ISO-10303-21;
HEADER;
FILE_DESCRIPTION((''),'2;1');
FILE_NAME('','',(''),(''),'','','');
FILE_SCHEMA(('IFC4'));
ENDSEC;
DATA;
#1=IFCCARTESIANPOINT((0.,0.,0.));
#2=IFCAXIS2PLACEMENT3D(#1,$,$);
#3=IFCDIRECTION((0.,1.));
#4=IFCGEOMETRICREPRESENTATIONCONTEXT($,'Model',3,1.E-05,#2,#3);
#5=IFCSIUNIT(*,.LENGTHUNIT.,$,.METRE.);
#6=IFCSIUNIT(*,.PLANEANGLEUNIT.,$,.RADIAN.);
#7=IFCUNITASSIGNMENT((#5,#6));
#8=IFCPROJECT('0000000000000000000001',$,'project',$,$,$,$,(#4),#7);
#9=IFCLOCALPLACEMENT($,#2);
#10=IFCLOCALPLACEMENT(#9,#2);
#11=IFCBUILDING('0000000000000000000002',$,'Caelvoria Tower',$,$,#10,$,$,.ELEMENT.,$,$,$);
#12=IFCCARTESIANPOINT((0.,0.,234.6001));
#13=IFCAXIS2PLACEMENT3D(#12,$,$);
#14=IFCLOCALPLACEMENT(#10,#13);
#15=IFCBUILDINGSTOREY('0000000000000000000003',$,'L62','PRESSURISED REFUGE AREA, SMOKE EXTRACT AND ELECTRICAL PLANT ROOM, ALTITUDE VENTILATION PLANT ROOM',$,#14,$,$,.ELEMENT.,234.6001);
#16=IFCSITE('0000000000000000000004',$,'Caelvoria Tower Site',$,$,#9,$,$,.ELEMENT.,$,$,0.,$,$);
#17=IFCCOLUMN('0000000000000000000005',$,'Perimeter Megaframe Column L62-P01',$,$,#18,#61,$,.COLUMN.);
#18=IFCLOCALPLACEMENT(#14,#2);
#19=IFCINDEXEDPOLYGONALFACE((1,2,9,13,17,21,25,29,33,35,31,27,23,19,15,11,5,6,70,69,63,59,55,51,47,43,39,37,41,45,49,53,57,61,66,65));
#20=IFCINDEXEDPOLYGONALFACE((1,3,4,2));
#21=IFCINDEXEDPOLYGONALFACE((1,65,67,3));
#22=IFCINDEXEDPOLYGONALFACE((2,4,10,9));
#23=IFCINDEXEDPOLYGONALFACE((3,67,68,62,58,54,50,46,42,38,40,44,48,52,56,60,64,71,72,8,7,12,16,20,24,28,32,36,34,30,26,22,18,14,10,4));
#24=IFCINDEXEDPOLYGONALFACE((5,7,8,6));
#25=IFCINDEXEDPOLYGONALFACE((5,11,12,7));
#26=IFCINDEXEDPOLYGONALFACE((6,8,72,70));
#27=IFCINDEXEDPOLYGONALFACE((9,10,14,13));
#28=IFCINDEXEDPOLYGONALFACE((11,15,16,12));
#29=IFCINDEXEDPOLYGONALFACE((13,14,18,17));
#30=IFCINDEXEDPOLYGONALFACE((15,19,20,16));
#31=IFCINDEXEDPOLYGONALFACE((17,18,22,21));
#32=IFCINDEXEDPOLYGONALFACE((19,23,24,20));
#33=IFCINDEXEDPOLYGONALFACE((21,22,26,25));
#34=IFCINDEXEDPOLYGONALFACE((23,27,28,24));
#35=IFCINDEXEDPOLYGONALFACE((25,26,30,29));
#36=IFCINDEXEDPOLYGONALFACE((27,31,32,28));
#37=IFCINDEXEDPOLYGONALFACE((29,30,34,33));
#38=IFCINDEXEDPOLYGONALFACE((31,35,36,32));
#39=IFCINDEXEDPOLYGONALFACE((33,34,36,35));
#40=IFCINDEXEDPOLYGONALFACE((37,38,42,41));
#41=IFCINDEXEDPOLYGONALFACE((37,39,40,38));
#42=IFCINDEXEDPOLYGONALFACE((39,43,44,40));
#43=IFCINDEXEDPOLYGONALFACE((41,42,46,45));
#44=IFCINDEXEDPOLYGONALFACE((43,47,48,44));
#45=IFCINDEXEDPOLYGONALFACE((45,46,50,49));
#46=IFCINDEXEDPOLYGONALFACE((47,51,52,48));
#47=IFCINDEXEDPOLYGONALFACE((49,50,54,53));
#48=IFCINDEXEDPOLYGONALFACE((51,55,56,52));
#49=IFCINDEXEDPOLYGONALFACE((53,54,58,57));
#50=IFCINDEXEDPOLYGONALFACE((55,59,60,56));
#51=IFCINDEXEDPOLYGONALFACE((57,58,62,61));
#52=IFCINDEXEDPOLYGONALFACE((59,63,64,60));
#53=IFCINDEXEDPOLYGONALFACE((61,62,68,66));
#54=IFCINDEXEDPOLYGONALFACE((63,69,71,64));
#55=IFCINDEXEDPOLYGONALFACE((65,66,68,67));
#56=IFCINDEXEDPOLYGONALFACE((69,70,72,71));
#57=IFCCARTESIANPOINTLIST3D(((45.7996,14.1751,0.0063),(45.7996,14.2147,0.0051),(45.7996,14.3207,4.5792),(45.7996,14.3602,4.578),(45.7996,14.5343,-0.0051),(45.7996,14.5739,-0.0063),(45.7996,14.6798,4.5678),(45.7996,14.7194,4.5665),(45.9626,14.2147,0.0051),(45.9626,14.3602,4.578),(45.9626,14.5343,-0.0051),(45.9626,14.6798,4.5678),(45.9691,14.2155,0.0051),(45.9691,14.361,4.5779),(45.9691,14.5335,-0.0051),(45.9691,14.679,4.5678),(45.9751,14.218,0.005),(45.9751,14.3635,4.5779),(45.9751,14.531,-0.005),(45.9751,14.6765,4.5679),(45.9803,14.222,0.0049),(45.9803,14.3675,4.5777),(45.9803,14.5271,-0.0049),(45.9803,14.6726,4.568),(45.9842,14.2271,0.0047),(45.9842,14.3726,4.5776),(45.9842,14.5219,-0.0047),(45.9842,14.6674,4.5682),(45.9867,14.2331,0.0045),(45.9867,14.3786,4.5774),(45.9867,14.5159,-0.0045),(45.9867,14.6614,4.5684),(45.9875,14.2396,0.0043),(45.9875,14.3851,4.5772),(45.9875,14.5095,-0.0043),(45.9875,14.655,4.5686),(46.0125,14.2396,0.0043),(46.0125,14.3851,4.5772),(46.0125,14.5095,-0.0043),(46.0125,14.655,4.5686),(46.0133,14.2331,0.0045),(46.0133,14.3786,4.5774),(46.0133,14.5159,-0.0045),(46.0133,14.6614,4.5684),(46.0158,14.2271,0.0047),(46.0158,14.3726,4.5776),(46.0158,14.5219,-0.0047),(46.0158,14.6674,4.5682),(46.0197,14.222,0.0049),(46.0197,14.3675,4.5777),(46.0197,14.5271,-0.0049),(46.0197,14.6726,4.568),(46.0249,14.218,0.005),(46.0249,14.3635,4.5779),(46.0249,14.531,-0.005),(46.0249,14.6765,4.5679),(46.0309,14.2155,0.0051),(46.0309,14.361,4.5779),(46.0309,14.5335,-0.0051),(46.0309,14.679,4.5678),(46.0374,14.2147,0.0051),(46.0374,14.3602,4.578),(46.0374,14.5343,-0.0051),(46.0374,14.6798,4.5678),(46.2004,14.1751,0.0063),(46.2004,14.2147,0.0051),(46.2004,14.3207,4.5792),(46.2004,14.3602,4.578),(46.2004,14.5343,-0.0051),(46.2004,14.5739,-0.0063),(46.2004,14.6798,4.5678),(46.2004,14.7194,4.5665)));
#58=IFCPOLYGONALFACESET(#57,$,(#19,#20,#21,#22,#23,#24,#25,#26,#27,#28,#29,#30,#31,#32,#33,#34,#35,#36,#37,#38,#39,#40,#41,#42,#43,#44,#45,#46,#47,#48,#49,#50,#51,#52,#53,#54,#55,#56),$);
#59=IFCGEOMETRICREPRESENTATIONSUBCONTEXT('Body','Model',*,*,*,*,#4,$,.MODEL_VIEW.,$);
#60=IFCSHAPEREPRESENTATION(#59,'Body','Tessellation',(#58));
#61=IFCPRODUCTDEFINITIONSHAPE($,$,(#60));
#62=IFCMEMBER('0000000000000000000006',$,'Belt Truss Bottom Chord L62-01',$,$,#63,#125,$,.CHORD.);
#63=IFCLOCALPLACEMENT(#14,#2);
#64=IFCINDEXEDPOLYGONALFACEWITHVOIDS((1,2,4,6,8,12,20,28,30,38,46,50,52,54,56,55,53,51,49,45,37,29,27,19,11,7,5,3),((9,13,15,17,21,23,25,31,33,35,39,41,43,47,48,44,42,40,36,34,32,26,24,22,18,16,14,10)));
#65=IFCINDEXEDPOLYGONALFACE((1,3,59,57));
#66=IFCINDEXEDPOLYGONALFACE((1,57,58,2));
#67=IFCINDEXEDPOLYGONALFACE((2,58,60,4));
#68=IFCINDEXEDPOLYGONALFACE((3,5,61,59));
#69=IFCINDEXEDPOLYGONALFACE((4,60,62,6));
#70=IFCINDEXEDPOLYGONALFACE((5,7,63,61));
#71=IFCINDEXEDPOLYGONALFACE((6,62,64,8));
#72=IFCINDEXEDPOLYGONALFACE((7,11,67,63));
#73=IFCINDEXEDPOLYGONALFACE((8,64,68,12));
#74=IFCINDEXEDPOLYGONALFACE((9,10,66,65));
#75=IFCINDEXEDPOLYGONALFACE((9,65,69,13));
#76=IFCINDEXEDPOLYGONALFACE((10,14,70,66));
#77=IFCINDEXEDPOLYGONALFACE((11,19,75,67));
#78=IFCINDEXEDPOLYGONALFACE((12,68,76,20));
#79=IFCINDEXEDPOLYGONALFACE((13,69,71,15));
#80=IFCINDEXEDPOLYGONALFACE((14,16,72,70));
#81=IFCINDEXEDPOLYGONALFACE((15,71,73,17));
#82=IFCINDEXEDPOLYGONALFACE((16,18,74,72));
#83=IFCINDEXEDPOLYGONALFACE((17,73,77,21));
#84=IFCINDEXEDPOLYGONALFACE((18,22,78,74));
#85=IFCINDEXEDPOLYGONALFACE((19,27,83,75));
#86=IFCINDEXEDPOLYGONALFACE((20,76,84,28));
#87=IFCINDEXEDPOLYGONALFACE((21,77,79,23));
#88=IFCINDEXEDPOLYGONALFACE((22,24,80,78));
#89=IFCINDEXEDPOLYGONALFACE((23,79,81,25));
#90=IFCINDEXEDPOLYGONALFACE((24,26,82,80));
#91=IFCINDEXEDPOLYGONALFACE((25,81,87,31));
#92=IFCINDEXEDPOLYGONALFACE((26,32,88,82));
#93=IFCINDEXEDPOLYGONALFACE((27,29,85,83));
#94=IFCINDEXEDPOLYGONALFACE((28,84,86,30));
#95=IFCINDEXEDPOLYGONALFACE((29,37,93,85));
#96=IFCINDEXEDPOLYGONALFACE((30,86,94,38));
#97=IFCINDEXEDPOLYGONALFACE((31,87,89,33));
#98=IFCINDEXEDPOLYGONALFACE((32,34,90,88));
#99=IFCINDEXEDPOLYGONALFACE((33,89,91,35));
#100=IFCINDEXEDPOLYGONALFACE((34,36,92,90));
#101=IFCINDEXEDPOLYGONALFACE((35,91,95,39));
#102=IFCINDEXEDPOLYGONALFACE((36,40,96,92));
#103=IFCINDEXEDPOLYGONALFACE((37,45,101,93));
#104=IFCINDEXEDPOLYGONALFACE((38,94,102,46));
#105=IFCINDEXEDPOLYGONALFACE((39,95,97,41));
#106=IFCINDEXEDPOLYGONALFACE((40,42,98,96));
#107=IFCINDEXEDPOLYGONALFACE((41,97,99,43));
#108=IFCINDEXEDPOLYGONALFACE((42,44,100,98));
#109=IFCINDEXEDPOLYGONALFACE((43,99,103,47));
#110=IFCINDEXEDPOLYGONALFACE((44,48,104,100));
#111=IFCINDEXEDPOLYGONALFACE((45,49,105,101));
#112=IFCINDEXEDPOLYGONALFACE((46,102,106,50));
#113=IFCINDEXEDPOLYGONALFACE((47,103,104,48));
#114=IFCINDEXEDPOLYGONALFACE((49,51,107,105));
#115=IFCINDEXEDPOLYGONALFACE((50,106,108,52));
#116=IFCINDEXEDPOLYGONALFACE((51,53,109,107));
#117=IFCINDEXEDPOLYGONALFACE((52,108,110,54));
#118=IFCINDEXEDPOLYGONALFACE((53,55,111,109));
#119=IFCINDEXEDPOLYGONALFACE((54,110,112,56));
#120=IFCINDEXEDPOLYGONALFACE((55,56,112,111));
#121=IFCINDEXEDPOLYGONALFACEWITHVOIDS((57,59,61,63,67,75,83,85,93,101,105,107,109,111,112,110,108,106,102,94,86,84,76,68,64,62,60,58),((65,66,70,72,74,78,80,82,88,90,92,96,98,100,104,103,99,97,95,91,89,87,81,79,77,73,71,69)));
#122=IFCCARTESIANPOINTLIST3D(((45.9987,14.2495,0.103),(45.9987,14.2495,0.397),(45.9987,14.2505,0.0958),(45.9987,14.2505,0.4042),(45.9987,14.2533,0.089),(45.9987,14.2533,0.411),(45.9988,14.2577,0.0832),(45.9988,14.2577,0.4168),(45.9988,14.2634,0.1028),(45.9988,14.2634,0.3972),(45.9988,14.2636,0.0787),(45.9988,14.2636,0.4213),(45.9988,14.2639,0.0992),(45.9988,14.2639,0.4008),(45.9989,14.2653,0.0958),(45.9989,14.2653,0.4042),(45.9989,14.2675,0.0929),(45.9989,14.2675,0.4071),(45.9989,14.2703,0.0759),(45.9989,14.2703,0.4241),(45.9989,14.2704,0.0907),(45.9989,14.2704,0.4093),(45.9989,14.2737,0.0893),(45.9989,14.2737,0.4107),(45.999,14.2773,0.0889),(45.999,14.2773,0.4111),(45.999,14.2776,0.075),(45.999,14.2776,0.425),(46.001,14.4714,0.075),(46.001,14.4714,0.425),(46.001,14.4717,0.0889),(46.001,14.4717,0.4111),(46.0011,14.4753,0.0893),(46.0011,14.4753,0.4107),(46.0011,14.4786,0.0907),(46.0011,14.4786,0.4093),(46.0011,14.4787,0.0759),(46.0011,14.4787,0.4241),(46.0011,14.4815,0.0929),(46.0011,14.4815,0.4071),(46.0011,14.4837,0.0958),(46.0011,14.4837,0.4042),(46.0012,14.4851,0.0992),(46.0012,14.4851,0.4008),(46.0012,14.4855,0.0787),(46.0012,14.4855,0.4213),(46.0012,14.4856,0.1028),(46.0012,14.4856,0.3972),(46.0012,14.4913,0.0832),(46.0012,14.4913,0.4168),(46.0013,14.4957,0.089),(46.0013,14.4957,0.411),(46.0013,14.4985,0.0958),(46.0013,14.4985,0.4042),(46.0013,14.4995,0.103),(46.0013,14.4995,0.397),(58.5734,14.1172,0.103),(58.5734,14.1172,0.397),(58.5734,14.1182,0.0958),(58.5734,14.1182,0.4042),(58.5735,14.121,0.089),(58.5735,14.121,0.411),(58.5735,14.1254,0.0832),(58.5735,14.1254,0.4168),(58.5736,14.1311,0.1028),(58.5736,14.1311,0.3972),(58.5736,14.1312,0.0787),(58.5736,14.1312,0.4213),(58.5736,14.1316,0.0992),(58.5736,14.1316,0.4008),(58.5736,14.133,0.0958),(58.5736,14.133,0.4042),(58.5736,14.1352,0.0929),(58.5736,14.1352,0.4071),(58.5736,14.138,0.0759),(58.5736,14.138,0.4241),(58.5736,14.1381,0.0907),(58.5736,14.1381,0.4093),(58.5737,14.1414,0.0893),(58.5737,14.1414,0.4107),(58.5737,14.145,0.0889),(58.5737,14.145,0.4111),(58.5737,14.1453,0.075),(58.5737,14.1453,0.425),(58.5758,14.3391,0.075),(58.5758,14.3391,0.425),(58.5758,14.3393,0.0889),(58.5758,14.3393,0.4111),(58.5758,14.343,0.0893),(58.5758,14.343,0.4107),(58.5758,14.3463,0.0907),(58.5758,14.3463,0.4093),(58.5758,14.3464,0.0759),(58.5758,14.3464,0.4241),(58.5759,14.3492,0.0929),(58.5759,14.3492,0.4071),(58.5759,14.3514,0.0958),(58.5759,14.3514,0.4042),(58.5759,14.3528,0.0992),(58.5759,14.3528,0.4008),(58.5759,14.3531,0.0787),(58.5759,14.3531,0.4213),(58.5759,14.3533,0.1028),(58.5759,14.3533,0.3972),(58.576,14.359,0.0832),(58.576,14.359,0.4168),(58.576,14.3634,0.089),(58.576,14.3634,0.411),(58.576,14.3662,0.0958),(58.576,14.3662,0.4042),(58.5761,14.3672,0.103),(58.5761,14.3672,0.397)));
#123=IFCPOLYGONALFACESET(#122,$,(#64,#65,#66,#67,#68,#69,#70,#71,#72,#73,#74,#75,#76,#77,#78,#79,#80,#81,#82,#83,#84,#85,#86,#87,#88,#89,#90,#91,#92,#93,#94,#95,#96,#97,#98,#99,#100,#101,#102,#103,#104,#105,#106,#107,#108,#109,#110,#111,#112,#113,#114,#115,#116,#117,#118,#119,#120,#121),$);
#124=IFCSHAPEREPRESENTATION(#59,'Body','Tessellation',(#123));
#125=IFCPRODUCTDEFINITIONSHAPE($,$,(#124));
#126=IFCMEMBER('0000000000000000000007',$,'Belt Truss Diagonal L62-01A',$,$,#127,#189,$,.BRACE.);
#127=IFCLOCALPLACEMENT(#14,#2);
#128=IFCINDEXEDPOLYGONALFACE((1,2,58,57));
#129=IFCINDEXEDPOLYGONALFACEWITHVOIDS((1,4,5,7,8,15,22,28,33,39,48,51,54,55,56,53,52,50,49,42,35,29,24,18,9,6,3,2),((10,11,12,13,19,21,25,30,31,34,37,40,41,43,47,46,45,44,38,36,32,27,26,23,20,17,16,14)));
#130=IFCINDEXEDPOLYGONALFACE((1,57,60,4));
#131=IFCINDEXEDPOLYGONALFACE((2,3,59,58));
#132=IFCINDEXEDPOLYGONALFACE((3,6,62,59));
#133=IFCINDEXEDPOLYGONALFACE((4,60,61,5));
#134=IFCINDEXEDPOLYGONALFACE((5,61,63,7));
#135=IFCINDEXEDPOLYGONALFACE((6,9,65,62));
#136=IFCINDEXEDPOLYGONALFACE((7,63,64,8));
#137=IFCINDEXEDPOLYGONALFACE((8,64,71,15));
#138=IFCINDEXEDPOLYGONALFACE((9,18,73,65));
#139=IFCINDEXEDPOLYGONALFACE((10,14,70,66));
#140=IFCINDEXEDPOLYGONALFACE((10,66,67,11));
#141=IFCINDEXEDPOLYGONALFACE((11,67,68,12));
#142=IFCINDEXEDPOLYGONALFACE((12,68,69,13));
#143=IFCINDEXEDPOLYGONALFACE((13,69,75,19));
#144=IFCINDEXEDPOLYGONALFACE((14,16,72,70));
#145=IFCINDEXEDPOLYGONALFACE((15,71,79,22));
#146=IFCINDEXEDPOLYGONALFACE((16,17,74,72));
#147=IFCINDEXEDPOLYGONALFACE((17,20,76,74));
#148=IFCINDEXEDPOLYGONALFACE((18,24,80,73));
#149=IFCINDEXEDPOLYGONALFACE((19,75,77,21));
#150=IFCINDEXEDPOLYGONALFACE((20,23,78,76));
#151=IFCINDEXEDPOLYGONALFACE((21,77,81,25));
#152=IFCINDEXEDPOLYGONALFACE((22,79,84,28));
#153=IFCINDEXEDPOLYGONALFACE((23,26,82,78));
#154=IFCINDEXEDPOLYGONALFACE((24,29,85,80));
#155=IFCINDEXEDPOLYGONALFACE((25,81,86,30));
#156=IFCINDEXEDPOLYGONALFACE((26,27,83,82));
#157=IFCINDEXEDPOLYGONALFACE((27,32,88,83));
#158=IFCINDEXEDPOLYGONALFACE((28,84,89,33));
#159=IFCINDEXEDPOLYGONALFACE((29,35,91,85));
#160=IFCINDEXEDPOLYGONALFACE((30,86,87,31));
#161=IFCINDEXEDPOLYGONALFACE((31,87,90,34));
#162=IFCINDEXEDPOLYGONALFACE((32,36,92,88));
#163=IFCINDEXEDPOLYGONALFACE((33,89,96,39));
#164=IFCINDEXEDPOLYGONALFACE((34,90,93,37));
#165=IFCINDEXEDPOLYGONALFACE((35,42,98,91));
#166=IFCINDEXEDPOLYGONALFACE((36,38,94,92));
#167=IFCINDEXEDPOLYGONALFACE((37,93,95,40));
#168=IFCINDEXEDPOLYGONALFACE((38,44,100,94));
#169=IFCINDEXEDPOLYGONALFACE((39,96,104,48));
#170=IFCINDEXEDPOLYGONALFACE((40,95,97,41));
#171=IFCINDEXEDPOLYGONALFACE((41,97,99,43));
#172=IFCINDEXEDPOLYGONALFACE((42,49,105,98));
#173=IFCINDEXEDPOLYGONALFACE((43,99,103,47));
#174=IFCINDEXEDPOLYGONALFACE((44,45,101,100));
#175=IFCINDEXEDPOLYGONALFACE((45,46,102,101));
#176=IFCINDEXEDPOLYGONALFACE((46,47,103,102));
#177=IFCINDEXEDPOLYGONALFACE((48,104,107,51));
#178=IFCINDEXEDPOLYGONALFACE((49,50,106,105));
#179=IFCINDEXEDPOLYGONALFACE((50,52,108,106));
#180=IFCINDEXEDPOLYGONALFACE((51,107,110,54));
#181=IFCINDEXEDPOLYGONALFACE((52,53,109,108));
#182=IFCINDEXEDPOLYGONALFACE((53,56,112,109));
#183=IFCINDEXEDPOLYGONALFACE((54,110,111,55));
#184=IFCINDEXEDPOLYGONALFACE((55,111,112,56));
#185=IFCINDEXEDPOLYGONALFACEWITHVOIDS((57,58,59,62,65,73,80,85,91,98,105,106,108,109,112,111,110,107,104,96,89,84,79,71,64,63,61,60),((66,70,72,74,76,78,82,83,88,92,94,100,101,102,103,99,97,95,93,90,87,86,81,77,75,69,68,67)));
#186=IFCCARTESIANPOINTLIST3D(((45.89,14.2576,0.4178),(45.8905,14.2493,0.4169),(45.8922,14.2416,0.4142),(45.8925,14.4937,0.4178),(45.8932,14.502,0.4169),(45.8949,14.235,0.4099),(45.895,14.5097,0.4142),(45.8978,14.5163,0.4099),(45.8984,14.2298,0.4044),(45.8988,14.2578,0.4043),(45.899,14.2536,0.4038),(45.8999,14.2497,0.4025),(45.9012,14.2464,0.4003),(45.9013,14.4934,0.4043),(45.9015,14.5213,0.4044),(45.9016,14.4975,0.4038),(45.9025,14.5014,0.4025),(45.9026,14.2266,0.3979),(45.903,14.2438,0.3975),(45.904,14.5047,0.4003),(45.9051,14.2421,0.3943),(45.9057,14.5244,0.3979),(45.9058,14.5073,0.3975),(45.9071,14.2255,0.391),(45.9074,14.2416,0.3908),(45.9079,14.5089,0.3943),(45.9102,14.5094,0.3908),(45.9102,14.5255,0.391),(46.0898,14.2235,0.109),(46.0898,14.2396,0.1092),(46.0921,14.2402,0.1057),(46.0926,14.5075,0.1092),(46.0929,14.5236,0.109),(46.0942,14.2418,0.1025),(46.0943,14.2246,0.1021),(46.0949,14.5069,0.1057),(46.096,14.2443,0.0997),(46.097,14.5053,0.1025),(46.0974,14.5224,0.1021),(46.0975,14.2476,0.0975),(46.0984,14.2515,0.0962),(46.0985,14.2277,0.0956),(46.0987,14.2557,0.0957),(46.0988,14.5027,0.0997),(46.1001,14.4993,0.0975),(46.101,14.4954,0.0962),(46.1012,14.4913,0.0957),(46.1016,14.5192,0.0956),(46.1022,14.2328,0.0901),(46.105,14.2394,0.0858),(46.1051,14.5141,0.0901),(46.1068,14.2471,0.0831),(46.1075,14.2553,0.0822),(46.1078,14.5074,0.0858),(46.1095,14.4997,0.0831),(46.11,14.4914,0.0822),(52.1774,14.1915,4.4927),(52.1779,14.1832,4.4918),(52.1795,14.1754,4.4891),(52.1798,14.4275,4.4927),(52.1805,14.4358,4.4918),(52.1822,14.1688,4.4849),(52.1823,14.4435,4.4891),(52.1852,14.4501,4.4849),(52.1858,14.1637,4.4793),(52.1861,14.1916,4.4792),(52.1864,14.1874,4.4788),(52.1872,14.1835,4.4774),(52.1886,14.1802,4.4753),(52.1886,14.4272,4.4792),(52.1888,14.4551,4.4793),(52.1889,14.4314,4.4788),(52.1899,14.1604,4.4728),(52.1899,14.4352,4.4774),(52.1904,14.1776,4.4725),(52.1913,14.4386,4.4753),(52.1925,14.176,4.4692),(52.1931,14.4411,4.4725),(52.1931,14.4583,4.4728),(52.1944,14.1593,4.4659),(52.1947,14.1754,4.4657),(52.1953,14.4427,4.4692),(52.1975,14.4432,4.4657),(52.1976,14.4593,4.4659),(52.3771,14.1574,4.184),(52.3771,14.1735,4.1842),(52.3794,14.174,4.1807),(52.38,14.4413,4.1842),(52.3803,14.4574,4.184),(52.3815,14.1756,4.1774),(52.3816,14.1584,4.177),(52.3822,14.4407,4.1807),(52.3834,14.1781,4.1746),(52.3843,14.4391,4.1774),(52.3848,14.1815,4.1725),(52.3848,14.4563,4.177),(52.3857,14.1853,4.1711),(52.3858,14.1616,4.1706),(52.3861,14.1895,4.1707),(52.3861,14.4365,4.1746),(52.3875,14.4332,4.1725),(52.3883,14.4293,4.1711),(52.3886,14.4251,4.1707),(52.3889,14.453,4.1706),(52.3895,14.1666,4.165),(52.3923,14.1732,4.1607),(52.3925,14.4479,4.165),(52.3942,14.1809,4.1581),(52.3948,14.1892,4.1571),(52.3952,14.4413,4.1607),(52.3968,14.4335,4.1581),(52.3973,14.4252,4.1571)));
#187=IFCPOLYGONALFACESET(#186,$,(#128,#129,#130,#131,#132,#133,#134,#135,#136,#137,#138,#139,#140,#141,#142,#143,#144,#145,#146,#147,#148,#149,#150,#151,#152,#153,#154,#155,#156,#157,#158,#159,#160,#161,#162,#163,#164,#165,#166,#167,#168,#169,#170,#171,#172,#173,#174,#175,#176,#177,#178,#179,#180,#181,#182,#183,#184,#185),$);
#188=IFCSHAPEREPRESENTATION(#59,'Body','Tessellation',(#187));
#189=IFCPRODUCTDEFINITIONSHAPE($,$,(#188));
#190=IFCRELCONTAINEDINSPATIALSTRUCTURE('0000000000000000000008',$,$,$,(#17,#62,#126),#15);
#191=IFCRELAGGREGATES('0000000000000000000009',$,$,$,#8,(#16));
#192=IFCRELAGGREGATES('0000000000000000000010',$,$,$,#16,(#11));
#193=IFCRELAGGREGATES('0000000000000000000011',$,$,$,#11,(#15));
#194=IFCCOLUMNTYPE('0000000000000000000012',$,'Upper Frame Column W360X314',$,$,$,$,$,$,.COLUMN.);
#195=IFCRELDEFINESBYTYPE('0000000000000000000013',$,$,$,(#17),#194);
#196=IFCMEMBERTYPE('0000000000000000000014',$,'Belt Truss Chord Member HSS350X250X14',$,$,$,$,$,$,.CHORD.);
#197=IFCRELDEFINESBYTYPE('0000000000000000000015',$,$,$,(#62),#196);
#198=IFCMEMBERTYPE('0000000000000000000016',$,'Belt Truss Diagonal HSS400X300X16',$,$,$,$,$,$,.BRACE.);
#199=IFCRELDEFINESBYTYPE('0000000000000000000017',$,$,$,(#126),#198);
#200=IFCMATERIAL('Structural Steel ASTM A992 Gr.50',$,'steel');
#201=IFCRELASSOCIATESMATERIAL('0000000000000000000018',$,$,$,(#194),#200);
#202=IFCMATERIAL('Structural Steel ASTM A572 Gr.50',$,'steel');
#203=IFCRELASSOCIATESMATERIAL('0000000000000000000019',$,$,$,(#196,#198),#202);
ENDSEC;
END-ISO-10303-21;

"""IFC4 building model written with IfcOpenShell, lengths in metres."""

from ifc_helpers import new_model, si_unit, direction, frame, origin, origin_2d, place, context, subcontext, project, spatial, hollow_rectangle, i_section, extrude, material, material_profile, profile_set, type_object, element, save


model = new_model("IFC4")

# Units and contexts
model_context = context("Model", 3, precision=1e-05, world=origin(), true_north=direction((0.0, 1.0)))
body_context = subcontext(model_context, "Body", "Model", "MODEL_VIEW")
ifc_project = project(units=[si_unit("LENGTHUNIT", "METRE"), si_unit("PLANEANGLEUNIT", "RADIAN")], contexts=[model_context])

# Site, building, storey
site_placement = place(None, origin())
site = spatial("IfcSite", under=ifc_project, at=site_placement, Name="Caelvoria Tower Site", CompositionType="ELEMENT", RefElevation=0.0)
building_placement = place(site_placement, origin())
building = spatial("IfcBuilding", under=site, at=building_placement, Name="Caelvoria Tower", CompositionType="ELEMENT")
storey_placement = place(building_placement, frame((0.0, 0.0, 234.6001)))
storey = spatial("IfcBuildingStorey", under=building, at=storey_placement, Name="L62", Description="PRESSURISED REFUGE AREA, SMOKE EXTRACT AND ELECTRICAL PLANT ROOM, ALTITUDE VENTILATION PLANT ROOM", CompositionType="ELEMENT", Elevation=234.6001)

# Column
ifc_material_1 = material(Name="Structural Steel ASTM A992 Gr.50", Category="steel")
ifc_material_profile_1 = material_profile(ifc_material_1, i_section(OverallWidth=0.4009, OverallDepth=0.3989, WebThickness=0.0249, FlangeThickness=0.0396, FilletRadius=0.0249, at=origin_2d()), Name="Structural Steel ASTM A992 Gr.50")
ifc_profile_set_1 = profile_set([ifc_material_profile_1], Name="W360X314 - Structural Steel ASTM A992 Gr.50")
column_type = type_object("IfcColumnType", Name="Upper Frame Column W360X314", PredefinedType="COLUMN", material=ifc_profile_set_1)
column_placement = place(storey_placement, frame((46.0, 14.3745, 0.0), z_axis=(0.0, 0.031803, 0.999494), x_axis=(-1.0, 0.0, 0.0)))
element("IfcColumn", 1, at=column_placement, inside=storey, type_object=column_type, Name="Perimeter Megaframe Column L62-P01", PredefinedType="COLUMN", context=body_context, shape_type="SweptSolid", body=[
    extrude(i_section(OverallWidth=0.4009, OverallDepth=0.3989, WebThickness=0.0249, FlangeThickness=0.0396, FilletRadius=0.0249, at=origin_2d()), origin(), (0.0, 0.0, 1.0), 4.5752),
])

# Members
ifc_material_2 = material(Name="Structural Steel ASTM A572 Gr.50", Category="steel")
ifc_material_profile_2 = material_profile(ifc_material_2, hollow_rectangle(XDim=0.25, YDim=0.3501, WallThickness=0.0139, InnerFilletRadius=0.0139, OuterFilletRadius=0.0281, at=origin_2d()), Name="Structural Steel ASTM A572 Gr.50")
ifc_profile_set_2 = profile_set([ifc_material_profile_2], Name="HSS350X250X14 - Structural Steel ASTM A572 Gr.50")
member_type_1 = type_object("IfcMemberType", Name="Belt Truss Chord Member HSS350X250X14", PredefinedType="CHORD", material=ifc_profile_set_2)
member_1_placement = place(storey_placement, frame((46.0, 14.3745, 0.25), z_axis=(0.999945, -0.010522, 0.0), x_axis=(0.010522, 0.999945, 0.0)))
element("IfcMember", 2, at=member_1_placement, inside=storey, type_object=member_type_1, Name="Belt Truss Bottom Chord L62-01", PredefinedType="CHORD", context=body_context, shape_type="SweptSolid", body=[
    extrude(hollow_rectangle(XDim=0.25, YDim=0.3501, WallThickness=0.0139, InnerFilletRadius=0.0139, OuterFilletRadius=0.0281, at=origin_2d()), origin(), (0.0, 0.0, 1.0), 12.5754),
])
ifc_material_profile_3 = material_profile(ifc_material_2, hollow_rectangle(XDim=0.3, YDim=0.3999, WallThickness=0.0161, InnerFilletRadius=0.0161, OuterFilletRadius=0.032, at=origin_2d()), Name="Structural Steel ASTM A572 Gr.50")
ifc_profile_set_3 = profile_set([ifc_material_profile_3], Name="HSS400X300X16 - Structural Steel ASTM A572 Gr.50")
member_type_2 = type_object("IfcMemberType", Name="Belt Truss Diagonal HSS400X300X16", PredefinedType="BRACE", material=ifc_profile_set_3)
for number, where, z_axis, x_axis, name in (
    (3, (46.0, 14.3745, 0.25), (0.839132, -0.00883, 0.543857), (0.010522, 0.999945, 0.0), "Belt Truss Diagonal L62-01A"),
):
    element("IfcMember", number, at=place(storey_placement, frame(where, z_axis=z_axis, x_axis=x_axis)), inside=storey, type_object=member_type_2, Name=name, PredefinedType="BRACE", context=body_context, shape_type="SweptSolid", body=[
        extrude(hollow_rectangle(XDim=0.3, YDim=0.3999, WallThickness=0.0161, InnerFilletRadius=0.0161, OuterFilletRadius=0.032, at=origin_2d()), origin(), (0.0, 0.0, 1.0), 7.4927),
    ])

save(model, "model.ifc")
